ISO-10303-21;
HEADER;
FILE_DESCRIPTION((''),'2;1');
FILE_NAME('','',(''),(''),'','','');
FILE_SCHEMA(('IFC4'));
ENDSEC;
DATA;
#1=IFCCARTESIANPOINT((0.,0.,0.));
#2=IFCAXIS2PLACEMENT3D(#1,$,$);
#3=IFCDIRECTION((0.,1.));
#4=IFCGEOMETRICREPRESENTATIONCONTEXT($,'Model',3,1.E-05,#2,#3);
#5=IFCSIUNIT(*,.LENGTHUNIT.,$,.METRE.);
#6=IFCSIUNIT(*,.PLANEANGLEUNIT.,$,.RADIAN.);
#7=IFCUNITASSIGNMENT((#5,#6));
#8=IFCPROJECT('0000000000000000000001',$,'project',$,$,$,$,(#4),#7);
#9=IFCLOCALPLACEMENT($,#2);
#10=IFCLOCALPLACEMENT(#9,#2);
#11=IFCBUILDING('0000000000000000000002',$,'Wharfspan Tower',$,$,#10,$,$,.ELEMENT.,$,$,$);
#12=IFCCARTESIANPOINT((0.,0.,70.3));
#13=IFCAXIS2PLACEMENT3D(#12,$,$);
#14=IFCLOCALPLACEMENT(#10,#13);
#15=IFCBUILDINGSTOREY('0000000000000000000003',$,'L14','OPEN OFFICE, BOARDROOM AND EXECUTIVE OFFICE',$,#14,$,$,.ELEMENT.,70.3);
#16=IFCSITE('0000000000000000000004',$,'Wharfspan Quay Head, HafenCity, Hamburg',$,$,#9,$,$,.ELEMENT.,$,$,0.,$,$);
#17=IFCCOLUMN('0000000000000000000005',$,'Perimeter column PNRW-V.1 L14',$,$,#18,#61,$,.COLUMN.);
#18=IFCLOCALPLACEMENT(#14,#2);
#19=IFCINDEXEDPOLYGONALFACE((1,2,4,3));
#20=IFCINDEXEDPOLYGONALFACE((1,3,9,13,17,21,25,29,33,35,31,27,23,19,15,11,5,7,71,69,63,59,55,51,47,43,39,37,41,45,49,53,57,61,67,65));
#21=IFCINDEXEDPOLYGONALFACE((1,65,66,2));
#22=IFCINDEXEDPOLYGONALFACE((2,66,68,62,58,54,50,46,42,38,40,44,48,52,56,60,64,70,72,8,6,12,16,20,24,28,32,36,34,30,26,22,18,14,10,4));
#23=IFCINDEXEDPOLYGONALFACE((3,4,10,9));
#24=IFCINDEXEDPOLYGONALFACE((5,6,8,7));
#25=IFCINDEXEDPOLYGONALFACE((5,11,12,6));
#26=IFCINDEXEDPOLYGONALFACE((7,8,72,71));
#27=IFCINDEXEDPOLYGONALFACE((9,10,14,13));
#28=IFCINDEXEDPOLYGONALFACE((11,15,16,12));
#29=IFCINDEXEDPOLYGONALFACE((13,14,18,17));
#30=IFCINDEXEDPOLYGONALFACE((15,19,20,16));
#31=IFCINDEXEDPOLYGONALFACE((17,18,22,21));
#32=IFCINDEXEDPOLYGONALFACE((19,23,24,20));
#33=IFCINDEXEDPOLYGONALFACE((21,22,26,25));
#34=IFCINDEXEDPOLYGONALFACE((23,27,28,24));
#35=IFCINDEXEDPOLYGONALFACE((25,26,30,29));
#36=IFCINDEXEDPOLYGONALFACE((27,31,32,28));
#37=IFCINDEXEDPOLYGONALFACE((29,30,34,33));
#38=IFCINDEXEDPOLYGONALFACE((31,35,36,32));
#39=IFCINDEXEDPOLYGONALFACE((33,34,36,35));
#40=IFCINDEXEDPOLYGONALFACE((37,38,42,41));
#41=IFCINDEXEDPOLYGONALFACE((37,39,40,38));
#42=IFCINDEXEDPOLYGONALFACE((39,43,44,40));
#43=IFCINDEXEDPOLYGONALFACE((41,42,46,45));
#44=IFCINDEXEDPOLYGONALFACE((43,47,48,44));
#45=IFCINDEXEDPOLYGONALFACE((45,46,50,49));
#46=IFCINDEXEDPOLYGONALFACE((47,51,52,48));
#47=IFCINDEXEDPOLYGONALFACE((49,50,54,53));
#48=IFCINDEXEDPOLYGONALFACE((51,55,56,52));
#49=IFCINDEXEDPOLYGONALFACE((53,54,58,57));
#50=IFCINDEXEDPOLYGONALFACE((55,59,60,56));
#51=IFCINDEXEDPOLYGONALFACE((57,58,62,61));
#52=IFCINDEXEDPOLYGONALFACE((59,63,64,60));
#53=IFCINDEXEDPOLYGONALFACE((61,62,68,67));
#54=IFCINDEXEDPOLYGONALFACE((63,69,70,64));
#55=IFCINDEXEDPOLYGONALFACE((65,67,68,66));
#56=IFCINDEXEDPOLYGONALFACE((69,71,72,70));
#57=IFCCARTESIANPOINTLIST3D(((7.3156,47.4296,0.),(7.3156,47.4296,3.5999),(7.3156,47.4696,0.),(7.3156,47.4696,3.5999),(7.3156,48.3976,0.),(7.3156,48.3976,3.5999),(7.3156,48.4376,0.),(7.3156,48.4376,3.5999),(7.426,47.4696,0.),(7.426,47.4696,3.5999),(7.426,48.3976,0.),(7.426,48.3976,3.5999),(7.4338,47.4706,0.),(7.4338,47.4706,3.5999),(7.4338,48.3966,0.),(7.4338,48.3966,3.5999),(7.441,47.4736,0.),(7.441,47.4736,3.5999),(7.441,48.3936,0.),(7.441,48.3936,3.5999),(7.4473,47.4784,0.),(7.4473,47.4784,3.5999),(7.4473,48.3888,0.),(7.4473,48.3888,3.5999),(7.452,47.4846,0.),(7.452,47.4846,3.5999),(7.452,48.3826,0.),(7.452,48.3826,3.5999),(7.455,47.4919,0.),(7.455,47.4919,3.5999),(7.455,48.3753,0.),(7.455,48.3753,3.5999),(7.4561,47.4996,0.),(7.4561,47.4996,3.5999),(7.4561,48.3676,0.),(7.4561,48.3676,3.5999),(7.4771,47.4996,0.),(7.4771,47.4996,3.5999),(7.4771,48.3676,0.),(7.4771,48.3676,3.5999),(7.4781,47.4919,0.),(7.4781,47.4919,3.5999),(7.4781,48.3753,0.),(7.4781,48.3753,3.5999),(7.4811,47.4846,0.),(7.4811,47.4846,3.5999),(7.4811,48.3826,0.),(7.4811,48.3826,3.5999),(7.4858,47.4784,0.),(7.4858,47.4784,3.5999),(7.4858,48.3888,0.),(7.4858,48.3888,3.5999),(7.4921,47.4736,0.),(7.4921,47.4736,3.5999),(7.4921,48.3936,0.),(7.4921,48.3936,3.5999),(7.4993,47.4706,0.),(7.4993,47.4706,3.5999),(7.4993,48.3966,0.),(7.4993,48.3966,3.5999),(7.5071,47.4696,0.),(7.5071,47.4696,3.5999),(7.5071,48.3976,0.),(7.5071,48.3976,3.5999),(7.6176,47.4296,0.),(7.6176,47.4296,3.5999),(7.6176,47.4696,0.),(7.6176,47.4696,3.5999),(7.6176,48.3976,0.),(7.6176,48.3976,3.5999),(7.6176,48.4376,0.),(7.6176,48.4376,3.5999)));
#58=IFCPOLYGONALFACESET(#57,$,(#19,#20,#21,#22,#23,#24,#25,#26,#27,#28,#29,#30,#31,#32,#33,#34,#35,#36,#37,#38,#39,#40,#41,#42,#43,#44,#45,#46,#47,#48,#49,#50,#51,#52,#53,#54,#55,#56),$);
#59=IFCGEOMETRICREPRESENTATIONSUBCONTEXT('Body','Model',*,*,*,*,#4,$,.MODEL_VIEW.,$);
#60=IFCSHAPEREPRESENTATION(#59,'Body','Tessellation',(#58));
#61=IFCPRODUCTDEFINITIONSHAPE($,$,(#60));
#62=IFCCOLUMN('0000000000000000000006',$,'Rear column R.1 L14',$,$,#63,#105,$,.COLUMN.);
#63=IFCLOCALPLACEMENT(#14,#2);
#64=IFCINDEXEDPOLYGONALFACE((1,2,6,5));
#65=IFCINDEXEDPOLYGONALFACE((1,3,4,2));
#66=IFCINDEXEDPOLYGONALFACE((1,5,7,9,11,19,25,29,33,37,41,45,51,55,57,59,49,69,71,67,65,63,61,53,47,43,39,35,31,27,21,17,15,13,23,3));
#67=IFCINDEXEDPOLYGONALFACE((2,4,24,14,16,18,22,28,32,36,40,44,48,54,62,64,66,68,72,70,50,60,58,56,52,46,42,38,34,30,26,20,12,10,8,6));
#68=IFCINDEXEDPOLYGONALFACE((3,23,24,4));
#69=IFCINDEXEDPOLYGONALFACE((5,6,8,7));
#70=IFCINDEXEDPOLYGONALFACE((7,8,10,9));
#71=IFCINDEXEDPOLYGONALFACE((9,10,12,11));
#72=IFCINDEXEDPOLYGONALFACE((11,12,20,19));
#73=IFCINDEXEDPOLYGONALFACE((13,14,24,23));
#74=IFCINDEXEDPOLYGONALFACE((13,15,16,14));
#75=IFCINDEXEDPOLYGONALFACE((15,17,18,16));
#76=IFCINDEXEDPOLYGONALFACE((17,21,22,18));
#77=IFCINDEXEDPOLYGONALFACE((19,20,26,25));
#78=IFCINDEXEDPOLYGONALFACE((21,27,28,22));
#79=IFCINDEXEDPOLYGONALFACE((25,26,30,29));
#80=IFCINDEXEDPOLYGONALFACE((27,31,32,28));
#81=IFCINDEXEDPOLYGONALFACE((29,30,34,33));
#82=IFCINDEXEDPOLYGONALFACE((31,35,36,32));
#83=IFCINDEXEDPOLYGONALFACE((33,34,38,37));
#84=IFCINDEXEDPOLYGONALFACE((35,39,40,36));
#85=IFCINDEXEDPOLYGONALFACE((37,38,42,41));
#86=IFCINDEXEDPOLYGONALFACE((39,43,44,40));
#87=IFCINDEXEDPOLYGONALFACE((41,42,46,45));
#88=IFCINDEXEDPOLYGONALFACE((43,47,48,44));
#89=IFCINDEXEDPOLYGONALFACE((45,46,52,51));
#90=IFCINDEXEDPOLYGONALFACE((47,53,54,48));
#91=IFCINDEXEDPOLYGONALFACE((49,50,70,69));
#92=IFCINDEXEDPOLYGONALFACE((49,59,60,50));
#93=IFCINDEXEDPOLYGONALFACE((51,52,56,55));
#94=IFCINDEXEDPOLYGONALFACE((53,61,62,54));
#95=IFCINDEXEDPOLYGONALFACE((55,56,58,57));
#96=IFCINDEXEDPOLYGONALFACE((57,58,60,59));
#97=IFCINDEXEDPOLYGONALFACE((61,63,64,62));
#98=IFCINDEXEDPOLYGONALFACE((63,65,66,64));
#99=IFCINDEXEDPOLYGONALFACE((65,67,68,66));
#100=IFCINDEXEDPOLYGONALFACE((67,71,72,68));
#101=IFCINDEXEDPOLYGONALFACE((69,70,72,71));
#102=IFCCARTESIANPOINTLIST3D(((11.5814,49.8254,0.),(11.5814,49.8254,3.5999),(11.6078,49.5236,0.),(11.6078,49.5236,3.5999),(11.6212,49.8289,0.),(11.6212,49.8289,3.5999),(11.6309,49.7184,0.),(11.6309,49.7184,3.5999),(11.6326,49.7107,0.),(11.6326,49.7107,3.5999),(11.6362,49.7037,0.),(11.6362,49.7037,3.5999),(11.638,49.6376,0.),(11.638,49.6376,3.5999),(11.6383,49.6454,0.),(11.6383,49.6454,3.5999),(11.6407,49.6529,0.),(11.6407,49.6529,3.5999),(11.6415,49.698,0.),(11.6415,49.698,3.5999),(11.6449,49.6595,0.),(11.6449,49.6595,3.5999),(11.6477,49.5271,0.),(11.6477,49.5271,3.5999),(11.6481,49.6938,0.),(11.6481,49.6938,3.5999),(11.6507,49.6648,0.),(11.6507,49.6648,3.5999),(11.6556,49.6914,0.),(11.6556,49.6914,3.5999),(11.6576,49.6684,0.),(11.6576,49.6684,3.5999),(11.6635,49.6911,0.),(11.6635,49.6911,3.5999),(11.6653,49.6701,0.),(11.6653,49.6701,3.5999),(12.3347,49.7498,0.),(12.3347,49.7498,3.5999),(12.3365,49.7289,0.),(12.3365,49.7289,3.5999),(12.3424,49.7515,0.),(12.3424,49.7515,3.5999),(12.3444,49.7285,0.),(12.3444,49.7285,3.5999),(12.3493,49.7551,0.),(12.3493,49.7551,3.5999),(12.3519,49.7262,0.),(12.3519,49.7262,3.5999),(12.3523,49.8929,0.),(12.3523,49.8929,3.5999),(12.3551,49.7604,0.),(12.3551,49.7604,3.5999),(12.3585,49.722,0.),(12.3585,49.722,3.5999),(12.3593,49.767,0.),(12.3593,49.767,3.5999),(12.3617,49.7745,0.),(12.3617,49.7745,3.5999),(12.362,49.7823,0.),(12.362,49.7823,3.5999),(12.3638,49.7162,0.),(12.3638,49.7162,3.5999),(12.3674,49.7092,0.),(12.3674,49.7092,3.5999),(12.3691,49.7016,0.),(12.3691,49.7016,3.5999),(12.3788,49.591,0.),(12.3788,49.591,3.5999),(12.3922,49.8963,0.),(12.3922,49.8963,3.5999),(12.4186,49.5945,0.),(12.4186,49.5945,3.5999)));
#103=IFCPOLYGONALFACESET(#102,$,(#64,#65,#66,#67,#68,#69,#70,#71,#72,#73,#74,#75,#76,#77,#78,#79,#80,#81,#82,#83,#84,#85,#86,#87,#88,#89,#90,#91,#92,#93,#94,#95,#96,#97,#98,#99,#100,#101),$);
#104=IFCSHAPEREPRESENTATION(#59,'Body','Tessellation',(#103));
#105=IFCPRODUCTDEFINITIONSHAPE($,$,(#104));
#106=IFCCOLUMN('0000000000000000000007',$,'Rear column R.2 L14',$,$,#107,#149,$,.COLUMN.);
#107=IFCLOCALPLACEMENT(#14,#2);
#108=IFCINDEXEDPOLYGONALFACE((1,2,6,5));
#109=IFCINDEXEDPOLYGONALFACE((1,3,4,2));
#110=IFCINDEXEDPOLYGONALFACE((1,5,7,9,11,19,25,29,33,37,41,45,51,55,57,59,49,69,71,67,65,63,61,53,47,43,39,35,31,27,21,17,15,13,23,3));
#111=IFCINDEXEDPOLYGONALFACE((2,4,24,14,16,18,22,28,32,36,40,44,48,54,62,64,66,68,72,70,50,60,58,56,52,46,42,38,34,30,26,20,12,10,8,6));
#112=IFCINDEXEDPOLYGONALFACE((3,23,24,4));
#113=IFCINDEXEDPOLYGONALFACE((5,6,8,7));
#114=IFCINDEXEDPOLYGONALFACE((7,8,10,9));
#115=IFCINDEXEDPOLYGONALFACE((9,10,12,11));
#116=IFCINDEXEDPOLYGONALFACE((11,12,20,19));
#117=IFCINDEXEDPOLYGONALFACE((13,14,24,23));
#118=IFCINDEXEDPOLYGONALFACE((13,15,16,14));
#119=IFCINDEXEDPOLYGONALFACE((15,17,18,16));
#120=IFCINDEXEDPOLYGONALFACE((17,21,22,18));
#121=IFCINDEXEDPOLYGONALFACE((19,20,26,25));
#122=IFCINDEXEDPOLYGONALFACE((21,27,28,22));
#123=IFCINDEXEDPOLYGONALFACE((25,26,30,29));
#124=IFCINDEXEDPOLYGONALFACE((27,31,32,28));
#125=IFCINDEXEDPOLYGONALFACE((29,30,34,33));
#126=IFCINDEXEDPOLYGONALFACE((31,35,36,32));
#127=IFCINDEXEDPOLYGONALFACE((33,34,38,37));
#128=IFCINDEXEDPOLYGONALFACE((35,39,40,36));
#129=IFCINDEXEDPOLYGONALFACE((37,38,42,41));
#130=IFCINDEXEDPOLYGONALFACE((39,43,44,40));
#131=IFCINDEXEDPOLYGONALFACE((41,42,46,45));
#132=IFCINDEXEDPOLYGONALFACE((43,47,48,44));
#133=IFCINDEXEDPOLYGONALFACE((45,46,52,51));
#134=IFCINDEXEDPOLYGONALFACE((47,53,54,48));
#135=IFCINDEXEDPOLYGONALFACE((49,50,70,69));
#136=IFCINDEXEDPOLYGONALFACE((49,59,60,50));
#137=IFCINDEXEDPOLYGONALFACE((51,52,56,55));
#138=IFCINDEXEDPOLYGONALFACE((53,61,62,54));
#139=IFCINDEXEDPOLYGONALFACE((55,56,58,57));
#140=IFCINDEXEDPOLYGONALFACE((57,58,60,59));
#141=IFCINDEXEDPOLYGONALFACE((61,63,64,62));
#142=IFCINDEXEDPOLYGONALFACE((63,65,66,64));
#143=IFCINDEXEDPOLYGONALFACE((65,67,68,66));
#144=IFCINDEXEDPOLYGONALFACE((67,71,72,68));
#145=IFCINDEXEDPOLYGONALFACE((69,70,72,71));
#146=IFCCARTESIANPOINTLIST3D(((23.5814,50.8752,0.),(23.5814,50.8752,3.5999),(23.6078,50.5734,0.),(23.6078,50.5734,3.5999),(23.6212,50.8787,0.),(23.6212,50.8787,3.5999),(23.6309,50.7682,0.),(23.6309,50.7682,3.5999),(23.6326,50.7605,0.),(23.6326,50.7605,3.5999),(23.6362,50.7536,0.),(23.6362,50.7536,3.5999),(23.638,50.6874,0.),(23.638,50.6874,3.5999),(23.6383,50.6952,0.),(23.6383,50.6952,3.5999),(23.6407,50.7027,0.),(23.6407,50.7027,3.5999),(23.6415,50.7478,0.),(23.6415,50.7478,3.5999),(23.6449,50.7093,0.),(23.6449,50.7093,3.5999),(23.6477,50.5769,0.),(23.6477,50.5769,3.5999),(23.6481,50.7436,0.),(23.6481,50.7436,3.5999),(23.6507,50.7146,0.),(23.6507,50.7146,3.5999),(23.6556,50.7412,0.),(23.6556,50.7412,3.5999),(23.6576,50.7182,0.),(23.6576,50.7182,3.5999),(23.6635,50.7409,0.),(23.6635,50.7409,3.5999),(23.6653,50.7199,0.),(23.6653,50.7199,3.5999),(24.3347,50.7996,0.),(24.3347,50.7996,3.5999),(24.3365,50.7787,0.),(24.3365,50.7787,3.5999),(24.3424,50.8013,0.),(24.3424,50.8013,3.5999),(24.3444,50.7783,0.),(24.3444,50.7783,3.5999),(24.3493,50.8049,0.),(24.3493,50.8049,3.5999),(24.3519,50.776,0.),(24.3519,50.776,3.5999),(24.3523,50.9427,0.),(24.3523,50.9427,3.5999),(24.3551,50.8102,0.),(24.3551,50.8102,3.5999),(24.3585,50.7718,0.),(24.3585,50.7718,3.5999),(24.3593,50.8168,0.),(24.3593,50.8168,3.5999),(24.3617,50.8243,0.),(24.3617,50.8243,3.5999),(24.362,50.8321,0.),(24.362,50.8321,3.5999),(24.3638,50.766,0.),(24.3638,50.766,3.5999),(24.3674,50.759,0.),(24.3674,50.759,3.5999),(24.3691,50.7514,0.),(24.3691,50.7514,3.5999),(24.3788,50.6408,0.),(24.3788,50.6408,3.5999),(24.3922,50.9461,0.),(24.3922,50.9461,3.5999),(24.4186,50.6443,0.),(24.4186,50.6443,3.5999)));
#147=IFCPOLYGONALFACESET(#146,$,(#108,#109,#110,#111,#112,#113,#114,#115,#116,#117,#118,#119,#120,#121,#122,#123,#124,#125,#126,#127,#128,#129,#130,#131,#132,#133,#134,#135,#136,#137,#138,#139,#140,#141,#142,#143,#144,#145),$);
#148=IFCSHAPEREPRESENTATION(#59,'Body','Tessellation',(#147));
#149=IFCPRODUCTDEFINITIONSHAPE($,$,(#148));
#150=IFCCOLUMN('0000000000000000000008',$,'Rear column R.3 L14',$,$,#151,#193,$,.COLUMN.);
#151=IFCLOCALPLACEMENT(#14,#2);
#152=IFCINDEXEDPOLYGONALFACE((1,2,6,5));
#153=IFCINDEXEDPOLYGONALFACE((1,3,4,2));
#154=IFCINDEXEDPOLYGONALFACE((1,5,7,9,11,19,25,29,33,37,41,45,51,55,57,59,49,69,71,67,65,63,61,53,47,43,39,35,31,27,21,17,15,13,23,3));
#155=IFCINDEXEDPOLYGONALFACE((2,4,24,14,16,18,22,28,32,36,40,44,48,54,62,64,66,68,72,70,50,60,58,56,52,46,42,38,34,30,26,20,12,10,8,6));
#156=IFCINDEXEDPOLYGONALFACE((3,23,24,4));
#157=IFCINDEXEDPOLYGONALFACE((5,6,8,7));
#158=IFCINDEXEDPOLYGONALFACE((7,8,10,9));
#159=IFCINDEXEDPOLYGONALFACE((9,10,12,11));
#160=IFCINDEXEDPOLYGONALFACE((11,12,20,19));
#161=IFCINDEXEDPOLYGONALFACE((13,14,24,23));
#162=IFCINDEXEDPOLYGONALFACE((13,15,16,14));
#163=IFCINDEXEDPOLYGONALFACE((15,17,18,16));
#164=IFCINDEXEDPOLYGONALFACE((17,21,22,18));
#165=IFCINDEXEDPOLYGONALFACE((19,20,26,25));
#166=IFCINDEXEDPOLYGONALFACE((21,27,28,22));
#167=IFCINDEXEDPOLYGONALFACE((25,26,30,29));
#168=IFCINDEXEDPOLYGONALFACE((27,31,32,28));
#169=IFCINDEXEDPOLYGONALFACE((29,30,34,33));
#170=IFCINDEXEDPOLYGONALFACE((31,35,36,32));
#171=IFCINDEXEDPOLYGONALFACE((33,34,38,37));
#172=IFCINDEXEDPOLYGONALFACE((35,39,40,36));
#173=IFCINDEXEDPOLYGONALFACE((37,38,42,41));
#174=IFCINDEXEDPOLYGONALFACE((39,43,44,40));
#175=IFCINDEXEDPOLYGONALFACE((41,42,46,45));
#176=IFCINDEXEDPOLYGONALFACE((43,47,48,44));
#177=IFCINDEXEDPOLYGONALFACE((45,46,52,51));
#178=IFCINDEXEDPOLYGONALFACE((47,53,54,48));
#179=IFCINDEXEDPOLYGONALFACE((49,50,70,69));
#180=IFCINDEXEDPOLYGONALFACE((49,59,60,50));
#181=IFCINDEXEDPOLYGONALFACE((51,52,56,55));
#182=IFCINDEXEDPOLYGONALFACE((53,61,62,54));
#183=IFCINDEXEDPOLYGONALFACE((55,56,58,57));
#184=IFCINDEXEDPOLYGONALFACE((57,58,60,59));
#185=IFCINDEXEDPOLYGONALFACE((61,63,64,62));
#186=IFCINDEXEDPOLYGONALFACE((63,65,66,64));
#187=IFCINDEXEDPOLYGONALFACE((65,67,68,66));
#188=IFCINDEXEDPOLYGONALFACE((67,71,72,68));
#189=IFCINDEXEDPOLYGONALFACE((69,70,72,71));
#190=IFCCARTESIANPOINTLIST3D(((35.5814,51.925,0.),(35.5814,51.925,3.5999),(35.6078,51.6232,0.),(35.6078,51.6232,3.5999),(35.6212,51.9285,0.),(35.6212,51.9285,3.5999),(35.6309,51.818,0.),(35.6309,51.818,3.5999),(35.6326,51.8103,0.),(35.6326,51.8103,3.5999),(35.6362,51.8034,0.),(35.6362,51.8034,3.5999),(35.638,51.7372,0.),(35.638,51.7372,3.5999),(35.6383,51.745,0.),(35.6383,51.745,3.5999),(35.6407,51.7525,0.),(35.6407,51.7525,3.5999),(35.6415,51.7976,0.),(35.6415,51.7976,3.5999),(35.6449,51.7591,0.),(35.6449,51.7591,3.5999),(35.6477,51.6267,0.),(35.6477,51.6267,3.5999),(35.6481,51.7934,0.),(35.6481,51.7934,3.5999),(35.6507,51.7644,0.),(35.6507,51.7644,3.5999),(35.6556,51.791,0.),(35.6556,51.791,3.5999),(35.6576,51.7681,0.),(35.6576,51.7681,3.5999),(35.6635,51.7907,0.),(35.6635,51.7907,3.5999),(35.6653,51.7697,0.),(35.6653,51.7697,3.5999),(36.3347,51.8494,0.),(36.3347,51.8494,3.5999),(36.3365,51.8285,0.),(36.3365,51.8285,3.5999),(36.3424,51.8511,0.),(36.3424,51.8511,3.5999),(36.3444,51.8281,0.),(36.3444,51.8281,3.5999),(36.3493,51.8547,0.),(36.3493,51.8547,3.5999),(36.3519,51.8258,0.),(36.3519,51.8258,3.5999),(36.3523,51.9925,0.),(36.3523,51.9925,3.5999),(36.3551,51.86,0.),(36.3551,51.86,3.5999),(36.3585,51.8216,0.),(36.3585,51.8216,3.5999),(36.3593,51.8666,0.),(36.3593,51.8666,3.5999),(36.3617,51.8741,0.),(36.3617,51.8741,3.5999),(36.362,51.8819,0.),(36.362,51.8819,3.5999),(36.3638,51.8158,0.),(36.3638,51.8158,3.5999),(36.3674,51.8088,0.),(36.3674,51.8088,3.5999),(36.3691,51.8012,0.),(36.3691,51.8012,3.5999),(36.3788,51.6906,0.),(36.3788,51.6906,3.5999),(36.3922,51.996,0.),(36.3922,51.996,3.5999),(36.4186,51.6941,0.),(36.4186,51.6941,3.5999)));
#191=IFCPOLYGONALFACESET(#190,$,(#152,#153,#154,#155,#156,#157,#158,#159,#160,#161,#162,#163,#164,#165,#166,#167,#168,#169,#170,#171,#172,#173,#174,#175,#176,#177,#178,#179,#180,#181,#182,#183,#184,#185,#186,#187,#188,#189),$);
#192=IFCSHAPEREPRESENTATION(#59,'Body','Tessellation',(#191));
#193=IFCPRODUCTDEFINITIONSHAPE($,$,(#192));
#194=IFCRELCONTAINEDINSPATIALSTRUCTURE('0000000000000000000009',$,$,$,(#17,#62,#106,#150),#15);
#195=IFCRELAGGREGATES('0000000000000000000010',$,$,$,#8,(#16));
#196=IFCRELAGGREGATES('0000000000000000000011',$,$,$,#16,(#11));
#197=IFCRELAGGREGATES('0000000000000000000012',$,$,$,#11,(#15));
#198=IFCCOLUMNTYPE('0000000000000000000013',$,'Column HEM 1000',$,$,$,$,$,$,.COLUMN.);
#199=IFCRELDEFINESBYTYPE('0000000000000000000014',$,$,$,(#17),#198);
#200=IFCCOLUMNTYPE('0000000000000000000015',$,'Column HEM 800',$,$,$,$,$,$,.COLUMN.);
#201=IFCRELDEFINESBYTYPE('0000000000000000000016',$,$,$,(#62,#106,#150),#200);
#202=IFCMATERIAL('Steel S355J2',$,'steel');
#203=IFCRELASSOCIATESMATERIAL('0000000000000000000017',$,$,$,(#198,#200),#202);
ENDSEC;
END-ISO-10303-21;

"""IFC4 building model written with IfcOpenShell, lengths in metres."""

from ifc_helpers import new_model, si_unit, direction, frame, origin, origin_2d, place, context, subcontext, project, spatial, i_section, extrude, material, material_profile, profile_set, type_object, element, save


model = new_model("IFC4")

# Units and contexts
model_context = context("Model", 3, precision=1e-05, world=origin(), true_north=direction((0.0, 1.0)))
body_context = subcontext(model_context, "Body", "Model", "MODEL_VIEW")
ifc_project = project(units=[si_unit("LENGTHUNIT", "METRE"), si_unit("PLANEANGLEUNIT", "RADIAN")], contexts=[model_context])

# Site, building, storey
site_placement = place(None, origin())
site = spatial("IfcSite", under=ifc_project, at=site_placement, Name="Wharfspan Quay Head, HafenCity, Hamburg", CompositionType="ELEMENT", RefElevation=0.0)
building_placement = place(site_placement, origin())
building = spatial("IfcBuilding", under=site, at=building_placement, Name="Wharfspan Tower", CompositionType="ELEMENT")
storey_placement = place(building_placement, frame((0.0, 0.0, 70.3)))
storey = spatial("IfcBuildingStorey", under=building, at=storey_placement, Name="L14", Description="OPEN OFFICE, BOARDROOM AND EXECUTIVE OFFICE", CompositionType="ELEMENT", Elevation=70.3)

# Columns
ifc_material_1 = material(Name="Steel S355J2", Category="steel")
ifc_material_profile_1 = material_profile(ifc_material_1, i_section(OverallWidth=0.302, OverallDepth=1.0081, WebThickness=0.021, FlangeThickness=0.04, FilletRadius=0.03, at=origin_2d()))
ifc_profile_set_1 = profile_set([ifc_material_profile_1], Name="Steel S355J2")
column_type_1 = type_object("IfcColumnType", Name="Column HEM 1000", PredefinedType="COLUMN", material=ifc_profile_set_1)
column_1_placement = place(storey_placement, frame((7.4666, 47.9336, 0.0), z_axis=(0.0, 0.0, 1.0), x_axis=(-1.0, 0.0, 0.0)))
element("IfcColumn", 1, at=column_1_placement, inside=storey, type_object=column_type_1, Name="Perimeter column PNRW-V.1 L14", PredefinedType="COLUMN", context=body_context, shape_type="SweptSolid", body=[
    extrude(i_section(OverallWidth=0.302, OverallDepth=1.0081, WebThickness=0.021, FlangeThickness=0.04, FilletRadius=0.03, at=origin_2d()), origin(), (0.0, 0.0, 1.0), 3.5999),
])
ifc_material_profile_2 = material_profile(ifc_material_1, i_section(OverallWidth=0.303, OverallDepth=0.814, WebThickness=0.021, FlangeThickness=0.04, FilletRadius=0.03, at=origin_2d()))
ifc_profile_set_2 = profile_set([ifc_material_profile_2], Name="Steel S355J2")
column_type_2 = type_object("IfcColumnType", Name="Column HEM 800", PredefinedType="COLUMN", material=ifc_profile_set_2)
for number, where, z_axis, x_axis, name in (
    (2, (12.0, 49.71, 0.0), (0.0, 0.0, 1.0), (-0.087156, 0.996197, 0.0), "Rear column R.1 L14"),
    (3, (24.0, 50.7598, 0.0), (0.0, 0.0, 1.0), (-0.087156, 0.996197, 0.0), "Rear column R.2 L14"),
    (4, (36.0, 51.8096, 0.0), (0.0, 0.0, 1.0), (-0.087156, 0.996197, 0.0), "Rear column R.3 L14"),
):
    element("IfcColumn", number, at=place(storey_placement, frame(where, z_axis=z_axis, x_axis=x_axis)), inside=storey, type_object=column_type_2, Name=name, PredefinedType="COLUMN", context=body_context, shape_type="SweptSolid", body=[
        extrude(i_section(OverallWidth=0.303, OverallDepth=0.814, WebThickness=0.021, FlangeThickness=0.04, FilletRadius=0.03, at=origin_2d()), origin(), (0.0, 0.0, 1.0), 3.5999),
    ])

save(model, "model.ifc")
